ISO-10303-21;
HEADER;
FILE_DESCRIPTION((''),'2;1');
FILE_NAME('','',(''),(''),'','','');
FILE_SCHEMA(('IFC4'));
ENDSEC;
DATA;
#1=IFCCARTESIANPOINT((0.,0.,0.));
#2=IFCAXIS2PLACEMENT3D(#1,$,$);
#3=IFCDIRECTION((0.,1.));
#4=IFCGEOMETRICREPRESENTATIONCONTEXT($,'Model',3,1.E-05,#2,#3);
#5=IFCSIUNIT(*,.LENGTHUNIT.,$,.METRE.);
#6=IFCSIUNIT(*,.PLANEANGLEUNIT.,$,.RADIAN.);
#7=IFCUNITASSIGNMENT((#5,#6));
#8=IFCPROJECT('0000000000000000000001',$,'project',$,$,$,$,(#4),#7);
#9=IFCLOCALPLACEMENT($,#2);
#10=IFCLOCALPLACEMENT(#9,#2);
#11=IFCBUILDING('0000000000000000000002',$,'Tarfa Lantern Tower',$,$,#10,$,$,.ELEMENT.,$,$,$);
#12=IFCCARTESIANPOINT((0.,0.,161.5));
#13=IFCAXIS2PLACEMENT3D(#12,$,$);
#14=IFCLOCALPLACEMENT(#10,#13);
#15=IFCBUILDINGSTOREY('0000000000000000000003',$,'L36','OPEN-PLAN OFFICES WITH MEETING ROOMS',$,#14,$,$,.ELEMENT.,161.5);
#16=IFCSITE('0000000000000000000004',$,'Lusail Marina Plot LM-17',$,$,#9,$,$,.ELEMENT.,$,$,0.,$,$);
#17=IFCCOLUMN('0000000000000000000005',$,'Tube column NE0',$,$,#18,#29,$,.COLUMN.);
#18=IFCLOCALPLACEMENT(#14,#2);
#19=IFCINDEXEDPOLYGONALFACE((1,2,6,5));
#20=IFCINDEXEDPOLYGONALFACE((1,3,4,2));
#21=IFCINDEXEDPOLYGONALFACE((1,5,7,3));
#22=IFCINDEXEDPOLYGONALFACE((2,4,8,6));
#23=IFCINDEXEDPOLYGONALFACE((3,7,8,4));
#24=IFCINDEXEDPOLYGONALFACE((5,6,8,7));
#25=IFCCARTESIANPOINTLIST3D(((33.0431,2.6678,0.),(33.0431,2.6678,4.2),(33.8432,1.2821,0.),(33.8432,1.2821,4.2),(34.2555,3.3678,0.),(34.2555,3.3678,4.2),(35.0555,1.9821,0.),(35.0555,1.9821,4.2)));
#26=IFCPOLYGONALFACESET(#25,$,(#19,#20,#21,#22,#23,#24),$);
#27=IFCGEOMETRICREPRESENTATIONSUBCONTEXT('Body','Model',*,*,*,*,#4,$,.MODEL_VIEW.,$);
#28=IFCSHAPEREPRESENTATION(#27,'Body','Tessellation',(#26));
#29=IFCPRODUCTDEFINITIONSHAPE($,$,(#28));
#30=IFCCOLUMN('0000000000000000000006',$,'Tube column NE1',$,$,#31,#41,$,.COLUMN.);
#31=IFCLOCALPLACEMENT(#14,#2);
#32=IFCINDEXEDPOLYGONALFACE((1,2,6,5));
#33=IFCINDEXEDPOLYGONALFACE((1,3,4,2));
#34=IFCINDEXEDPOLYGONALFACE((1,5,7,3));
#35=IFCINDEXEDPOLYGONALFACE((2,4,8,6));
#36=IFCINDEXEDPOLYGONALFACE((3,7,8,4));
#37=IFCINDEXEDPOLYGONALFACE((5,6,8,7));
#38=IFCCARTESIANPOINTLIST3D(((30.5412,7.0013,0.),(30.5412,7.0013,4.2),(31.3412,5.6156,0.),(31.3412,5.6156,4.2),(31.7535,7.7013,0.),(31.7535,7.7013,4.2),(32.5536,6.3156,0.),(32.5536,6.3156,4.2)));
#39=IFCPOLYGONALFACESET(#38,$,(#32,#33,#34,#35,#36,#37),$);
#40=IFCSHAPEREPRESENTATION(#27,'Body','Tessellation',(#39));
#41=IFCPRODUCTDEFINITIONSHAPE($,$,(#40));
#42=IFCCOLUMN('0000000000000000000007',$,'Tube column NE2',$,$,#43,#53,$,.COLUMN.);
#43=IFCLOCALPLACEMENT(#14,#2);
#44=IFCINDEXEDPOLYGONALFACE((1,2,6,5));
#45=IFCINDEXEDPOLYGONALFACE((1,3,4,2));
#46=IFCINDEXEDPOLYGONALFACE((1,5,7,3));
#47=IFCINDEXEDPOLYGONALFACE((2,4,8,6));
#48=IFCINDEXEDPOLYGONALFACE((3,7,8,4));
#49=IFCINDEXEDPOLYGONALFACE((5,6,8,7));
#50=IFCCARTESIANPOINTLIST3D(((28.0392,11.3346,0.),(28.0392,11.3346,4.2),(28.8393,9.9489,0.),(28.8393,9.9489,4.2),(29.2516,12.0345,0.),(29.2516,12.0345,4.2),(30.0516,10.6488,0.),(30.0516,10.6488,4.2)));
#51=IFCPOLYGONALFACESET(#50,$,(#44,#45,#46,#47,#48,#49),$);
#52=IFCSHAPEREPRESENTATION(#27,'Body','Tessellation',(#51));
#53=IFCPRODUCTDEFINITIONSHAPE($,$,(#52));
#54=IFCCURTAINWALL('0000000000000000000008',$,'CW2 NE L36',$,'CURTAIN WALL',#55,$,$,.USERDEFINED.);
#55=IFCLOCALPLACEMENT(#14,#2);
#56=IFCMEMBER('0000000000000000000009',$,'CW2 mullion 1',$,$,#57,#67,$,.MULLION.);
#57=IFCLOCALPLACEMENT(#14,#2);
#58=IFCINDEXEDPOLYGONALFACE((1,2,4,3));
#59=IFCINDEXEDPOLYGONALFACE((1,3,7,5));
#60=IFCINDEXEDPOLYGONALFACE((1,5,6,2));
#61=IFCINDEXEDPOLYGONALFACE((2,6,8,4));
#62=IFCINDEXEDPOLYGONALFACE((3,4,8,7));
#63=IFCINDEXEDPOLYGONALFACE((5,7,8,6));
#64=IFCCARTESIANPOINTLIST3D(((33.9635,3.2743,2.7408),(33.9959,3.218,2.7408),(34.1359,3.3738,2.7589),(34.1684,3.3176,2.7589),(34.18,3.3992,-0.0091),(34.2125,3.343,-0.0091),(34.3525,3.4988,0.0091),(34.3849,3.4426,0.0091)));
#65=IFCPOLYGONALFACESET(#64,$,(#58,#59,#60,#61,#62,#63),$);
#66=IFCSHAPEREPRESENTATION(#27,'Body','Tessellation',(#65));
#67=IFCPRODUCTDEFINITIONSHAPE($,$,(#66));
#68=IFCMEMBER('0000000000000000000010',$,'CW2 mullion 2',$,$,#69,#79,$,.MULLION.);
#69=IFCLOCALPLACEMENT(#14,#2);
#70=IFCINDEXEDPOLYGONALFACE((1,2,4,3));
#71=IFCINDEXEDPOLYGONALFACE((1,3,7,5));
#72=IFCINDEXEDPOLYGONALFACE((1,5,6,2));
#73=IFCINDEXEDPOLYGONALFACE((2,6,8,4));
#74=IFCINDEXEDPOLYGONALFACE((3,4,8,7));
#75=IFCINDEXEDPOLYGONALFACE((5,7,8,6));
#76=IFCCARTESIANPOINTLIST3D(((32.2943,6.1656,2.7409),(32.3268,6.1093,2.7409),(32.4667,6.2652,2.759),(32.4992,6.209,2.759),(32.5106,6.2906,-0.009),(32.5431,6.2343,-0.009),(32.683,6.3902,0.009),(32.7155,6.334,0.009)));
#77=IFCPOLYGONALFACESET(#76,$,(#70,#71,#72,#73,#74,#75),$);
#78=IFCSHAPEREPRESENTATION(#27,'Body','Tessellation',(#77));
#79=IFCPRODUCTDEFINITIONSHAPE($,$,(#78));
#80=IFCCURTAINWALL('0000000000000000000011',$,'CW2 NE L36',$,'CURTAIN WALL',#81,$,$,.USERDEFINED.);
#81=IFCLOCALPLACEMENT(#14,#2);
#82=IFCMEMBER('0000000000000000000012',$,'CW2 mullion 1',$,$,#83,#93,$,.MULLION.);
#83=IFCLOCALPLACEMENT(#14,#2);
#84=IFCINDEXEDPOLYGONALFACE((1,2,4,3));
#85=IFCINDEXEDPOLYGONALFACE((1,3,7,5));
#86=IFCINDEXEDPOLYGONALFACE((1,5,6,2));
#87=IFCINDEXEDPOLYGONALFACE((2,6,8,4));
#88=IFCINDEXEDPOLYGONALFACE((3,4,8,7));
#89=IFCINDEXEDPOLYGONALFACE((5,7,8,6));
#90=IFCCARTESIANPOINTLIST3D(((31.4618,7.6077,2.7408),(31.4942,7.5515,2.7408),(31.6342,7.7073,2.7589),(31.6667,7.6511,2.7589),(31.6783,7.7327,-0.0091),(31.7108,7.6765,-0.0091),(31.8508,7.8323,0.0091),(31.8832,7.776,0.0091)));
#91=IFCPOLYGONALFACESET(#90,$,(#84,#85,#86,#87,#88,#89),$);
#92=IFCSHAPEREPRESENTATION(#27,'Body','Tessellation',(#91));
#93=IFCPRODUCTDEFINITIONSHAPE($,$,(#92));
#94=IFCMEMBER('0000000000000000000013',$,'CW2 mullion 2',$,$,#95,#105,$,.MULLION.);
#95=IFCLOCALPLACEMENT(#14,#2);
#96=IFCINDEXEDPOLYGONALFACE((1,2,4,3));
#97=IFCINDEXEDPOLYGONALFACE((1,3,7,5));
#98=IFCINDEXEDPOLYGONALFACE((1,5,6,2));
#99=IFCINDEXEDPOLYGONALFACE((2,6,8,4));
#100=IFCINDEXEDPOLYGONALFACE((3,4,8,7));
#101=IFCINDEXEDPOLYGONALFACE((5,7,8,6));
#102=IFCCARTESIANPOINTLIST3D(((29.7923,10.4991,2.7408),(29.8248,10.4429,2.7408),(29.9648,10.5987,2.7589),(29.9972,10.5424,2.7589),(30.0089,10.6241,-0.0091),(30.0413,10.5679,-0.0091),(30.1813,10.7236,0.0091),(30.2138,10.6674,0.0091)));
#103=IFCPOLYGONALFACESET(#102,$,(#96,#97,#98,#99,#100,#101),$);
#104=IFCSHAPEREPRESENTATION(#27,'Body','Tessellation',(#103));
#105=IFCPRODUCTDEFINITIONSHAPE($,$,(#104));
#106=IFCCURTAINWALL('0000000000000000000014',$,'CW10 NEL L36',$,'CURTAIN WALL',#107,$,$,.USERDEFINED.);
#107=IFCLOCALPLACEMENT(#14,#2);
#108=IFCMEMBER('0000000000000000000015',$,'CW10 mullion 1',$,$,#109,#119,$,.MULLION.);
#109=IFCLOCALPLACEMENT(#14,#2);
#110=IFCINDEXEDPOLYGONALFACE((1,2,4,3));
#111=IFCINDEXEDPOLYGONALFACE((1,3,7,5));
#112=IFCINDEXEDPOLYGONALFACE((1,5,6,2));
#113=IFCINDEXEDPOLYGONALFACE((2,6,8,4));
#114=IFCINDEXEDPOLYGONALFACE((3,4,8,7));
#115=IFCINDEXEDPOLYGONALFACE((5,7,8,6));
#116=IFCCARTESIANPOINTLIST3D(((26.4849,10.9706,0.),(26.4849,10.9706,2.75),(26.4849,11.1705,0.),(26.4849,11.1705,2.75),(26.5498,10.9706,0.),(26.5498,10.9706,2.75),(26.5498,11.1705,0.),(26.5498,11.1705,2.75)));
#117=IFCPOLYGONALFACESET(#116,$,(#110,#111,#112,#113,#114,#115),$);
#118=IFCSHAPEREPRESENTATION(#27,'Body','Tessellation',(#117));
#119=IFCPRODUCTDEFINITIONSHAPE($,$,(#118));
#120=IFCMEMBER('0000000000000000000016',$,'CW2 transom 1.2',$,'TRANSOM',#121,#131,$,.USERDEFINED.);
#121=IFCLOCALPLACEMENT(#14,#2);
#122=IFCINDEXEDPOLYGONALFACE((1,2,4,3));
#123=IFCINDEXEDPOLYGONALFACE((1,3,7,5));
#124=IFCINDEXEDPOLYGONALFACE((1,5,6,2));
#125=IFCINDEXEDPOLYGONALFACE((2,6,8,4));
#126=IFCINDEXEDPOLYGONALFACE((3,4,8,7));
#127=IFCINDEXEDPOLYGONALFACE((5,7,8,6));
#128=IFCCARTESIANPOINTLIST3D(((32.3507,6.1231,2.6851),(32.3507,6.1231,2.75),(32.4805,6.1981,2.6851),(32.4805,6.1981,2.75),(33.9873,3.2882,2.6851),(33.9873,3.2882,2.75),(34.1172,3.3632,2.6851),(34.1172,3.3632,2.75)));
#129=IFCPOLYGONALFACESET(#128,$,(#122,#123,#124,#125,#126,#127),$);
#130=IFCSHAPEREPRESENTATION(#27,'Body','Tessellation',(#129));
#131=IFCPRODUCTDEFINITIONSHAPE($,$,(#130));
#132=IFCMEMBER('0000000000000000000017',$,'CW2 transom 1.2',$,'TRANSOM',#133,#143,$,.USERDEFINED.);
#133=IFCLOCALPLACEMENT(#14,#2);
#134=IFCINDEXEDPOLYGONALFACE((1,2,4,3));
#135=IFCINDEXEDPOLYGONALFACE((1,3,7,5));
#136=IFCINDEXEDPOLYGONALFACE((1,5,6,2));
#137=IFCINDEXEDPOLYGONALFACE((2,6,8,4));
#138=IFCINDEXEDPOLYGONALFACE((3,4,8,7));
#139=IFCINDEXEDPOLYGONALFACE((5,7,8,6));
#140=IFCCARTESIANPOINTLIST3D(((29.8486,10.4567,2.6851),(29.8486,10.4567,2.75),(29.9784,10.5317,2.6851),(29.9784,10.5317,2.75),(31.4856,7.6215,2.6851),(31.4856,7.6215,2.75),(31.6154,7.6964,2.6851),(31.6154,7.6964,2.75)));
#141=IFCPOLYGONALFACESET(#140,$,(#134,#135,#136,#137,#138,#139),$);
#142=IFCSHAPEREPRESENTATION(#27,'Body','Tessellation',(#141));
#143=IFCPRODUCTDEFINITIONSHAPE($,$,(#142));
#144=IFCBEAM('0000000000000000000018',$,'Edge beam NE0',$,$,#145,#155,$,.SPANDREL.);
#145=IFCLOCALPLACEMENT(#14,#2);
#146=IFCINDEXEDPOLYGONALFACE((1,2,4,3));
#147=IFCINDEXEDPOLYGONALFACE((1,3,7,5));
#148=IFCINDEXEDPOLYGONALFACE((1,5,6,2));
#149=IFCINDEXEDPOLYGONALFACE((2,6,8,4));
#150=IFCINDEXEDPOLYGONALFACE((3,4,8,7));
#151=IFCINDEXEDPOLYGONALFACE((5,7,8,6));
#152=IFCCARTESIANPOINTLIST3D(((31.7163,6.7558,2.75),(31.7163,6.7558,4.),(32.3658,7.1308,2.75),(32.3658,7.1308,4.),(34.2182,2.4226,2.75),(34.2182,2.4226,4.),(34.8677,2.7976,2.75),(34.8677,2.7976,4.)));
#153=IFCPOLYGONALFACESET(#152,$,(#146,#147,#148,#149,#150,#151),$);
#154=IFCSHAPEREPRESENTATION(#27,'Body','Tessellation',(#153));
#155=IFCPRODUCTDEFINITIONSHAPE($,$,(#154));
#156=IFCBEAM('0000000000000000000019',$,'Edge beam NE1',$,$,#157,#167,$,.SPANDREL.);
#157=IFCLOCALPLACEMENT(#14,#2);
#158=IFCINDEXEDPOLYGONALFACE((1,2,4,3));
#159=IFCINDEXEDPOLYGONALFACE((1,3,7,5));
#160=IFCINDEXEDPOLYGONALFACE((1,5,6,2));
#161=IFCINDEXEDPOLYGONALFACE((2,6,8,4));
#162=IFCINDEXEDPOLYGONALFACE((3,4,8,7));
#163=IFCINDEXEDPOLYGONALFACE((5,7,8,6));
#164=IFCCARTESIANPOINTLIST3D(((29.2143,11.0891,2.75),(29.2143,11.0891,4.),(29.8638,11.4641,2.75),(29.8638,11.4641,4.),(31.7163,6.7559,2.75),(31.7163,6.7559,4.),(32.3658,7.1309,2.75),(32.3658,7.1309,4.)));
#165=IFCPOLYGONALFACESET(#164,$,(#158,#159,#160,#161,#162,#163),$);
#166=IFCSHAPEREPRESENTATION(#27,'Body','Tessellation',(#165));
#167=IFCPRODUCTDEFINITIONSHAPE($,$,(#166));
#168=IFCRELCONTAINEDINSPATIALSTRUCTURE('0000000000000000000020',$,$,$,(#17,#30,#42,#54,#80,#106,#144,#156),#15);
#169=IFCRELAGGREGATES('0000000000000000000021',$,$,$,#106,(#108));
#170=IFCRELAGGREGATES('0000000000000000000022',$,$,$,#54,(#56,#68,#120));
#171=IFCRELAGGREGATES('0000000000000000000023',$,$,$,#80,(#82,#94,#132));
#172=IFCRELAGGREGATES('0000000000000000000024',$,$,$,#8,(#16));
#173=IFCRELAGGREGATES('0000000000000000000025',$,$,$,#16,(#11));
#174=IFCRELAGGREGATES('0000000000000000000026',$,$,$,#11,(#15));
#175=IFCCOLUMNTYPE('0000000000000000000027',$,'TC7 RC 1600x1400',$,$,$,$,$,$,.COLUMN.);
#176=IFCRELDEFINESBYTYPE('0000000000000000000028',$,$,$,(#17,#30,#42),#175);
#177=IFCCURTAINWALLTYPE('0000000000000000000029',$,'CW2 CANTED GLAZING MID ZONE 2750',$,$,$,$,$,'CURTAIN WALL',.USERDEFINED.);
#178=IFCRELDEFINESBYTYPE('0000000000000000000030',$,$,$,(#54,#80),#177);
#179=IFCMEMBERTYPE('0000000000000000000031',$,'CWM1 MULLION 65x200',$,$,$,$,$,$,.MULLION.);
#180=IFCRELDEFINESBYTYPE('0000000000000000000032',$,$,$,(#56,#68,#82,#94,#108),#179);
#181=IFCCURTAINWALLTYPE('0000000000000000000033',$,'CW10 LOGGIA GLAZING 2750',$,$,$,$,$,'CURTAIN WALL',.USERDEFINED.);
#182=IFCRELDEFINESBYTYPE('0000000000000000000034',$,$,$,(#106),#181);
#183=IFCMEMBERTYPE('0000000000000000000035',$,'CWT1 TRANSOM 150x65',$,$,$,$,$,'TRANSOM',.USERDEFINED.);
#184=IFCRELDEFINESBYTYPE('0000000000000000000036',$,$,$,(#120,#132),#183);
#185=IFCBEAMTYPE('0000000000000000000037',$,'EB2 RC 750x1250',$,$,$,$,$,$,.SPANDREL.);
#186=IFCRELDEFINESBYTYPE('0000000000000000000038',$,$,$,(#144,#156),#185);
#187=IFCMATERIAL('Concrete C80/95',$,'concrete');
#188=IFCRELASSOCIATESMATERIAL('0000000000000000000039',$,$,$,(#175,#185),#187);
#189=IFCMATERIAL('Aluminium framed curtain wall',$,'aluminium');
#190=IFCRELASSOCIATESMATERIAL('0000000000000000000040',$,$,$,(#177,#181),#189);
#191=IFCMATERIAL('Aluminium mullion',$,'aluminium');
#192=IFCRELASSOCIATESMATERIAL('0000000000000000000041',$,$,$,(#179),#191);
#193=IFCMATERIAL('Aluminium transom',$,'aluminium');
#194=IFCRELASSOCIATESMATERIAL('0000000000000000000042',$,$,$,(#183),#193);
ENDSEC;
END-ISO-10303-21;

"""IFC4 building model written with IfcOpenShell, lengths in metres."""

from ifc_helpers import new_model, si_unit, direction, frame, origin, origin_2d, place, context, subcontext, project, spatial, rectangle, extrude, material, material_profile, profile_set, type_object, element, aggregate, save


model = new_model("IFC4")

# Units and contexts
model_context = context("Model", 3, precision=1e-05, world=origin(), true_north=direction((0.0, 1.0)))
body_context = subcontext(model_context, "Body", "Model", "MODEL_VIEW")
ifc_project = project(units=[si_unit("LENGTHUNIT", "METRE"), si_unit("PLANEANGLEUNIT", "RADIAN")], contexts=[model_context])

# Site, building, storey
site_placement = place(None, origin())
site = spatial("IfcSite", under=ifc_project, at=site_placement, Name="Lusail Marina Plot LM-17", CompositionType="ELEMENT", RefElevation=0.0)
building_placement = place(site_placement, origin())
building = spatial("IfcBuilding", under=site, at=building_placement, Name="Tarfa Lantern Tower", CompositionType="ELEMENT")
storey_placement = place(building_placement, frame((0.0, 0.0, 161.5)))
storey = spatial("IfcBuildingStorey", under=building, at=storey_placement, Name="L36", Description="OPEN-PLAN OFFICES WITH MEETING ROOMS", CompositionType="ELEMENT", Elevation=161.5)

# Columns
ifc_material_1 = material(Name="Concrete C80/95", Category="concrete")
ifc_material_profile_1 = material_profile(ifc_material_1, rectangle(XDim=1.6001, YDim=1.3999, at=origin_2d()), Name="RC 1600x1400")
ifc_profile_set_1 = profile_set([ifc_material_profile_1], Name="Concrete C80/95")
column_type = type_object("IfcColumnType", Name="TC7 RC 1600x1400", PredefinedType="COLUMN", material=ifc_profile_set_1)
for number, where, z_axis, x_axis, name in (
    (1, (34.0493, 2.325, 0.0), (0.0, 0.0, 1.0), (-0.5, 0.866025, 0.0), "Tube column NE0"),
    (2, (31.5474, 6.6584, 0.0), (0.0, 0.0, 1.0), (-0.5, 0.866025, 0.0), "Tube column NE1"),
    (3, (29.0454, 10.9917, 0.0), (0.0, 0.0, 1.0), (-0.5, 0.866025, 0.0), "Tube column NE2"),
):
    element("IfcColumn", number, at=place(storey_placement, frame(where, z_axis=z_axis, x_axis=x_axis)), inside=storey, type_object=column_type, Name=name, PredefinedType="COLUMN", context=body_context, shape_type="SweptSolid", body=[
        extrude(rectangle(XDim=1.6001, YDim=1.3999, at=origin_2d()), origin(), (0.0, 0.0, 1.0), 4.2),
    ])

# Curtain walls, members
ifc_material_2 = material(Name="Aluminium framed curtain wall", Category="aluminium")
curtain_wall_type_1 = type_object("IfcCurtainWallType", Name="CW2 CANTED GLAZING MID ZONE 2750", ElementType="CURTAIN WALL", PredefinedType="USERDEFINED", material=ifc_material_2)
curtain_wall_1_placement = place(storey_placement, origin())
curtain_wall_1 = element("IfcCurtainWall", 4, at=curtain_wall_1_placement, inside=storey, type_object=curtain_wall_type_1, Name="CW2 NE L36", ObjectType="CURTAIN WALL", PredefinedType="USERDEFINED")
ifc_material_3 = material(Name="Aluminium mullion", Category="aluminium")
ifc_material_profile_2 = material_profile(ifc_material_3, rectangle(XDim=0.0649, YDim=0.2, at=origin_2d()), Name="AL MULLION 65x200")
ifc_profile_set_2 = profile_set([ifc_material_profile_2], Name="Aluminium mullion")
member_type_1 = type_object("IfcMemberType", Name="CWM1 MULLION 65x200", PredefinedType="MULLION", material=ifc_profile_set_2)
member_1_placement = place(storey_placement, frame((34.2825, 3.4209, 0.0), z_axis=(-0.078423, -0.045268, 0.995892), x_axis=(0.49992, -0.866072, 0.0)))
member_1 = element("IfcMember", 5, at=member_1_placement, type_object=member_type_1, Name="CW2 mullion 1", PredefinedType="MULLION", context=body_context, shape_type="SweptSolid", body=[
    extrude(rectangle(XDim=0.0649, YDim=0.2, at=origin_2d()), origin(), (0.0, 0.0, 1.0), 2.7612),
])
member_2_placement = place(storey_placement, frame((32.613, 6.3123, 0.0), z_axis=(-0.078335, -0.045268, 0.995899), x_axis=(0.500343, -0.865827, 0.0)))
member_2 = element("IfcMember", 6, at=member_2_placement, type_object=member_type_1, Name="CW2 mullion 2", PredefinedType="MULLION", context=body_context, shape_type="SweptSolid", body=[
    extrude(rectangle(XDim=0.0649, YDim=0.2, at=origin_2d()), origin(), (0.0, 0.0, 1.0), 2.7612),
])
curtain_wall_2_placement = place(storey_placement, origin())
curtain_wall_2 = element("IfcCurtainWall", 7, at=curtain_wall_2_placement, inside=storey, type_object=curtain_wall_type_1, Name="CW2 NE L36", ObjectType="CURTAIN WALL", PredefinedType="USERDEFINED")
member_3_placement = place(storey_placement, frame((31.7808, 7.7544, 0.0), z_axis=(-0.078423, -0.045268, 0.995892), x_axis=(0.49992, -0.866072, 0.0)))
member_3 = element("IfcMember", 8, at=member_3_placement, type_object=member_type_1, Name="CW2 mullion 1", PredefinedType="MULLION", context=body_context, shape_type="SweptSolid", body=[
    extrude(rectangle(XDim=0.0649, YDim=0.2, at=origin_2d()), origin(), (0.0, 0.0, 1.0), 2.7612),
])
member_4_placement = place(storey_placement, frame((30.1113, 10.6458, 0.0), z_axis=(-0.078423, -0.045268, 0.995892), x_axis=(0.49992, -0.866072, 0.0)))
member_4 = element("IfcMember", 9, at=member_4_placement, type_object=member_type_1, Name="CW2 mullion 2", PredefinedType="MULLION", context=body_context, shape_type="SweptSolid", body=[
    extrude(rectangle(XDim=0.0649, YDim=0.2, at=origin_2d()), origin(), (0.0, 0.0, 1.0), 2.7612),
])

# Curtain wall, member
curtain_wall_type_2 = type_object("IfcCurtainWallType", Name="CW10 LOGGIA GLAZING 2750", ElementType="CURTAIN WALL", PredefinedType="USERDEFINED", material=ifc_material_2)
curtain_wall_3_placement = place(storey_placement, origin())
curtain_wall_3 = element("IfcCurtainWall", 10, at=curtain_wall_3_placement, inside=storey, type_object=curtain_wall_type_2, Name="CW10 NEL L36", ObjectType="CURTAIN WALL", PredefinedType="USERDEFINED")
member_5_placement = place(storey_placement, frame((26.5173, 11.0706, 0.0), z_axis=(0.0, 0.0, 1.0), x_axis=(1.0, 0.0, 0.0)))
member_5 = element("IfcMember", 11, at=member_5_placement, type_object=member_type_1, Name="CW10 mullion 1", PredefinedType="MULLION", context=body_context, shape_type="SweptSolid", body=[
    extrude(rectangle(XDim=0.0649, YDim=0.2, at=origin_2d()), origin(), (0.0, 0.0, 1.0), 2.75),
])
aggregate(curtain_wall_3, [member_5])

# Members
ifc_material_4 = material(Name="Aluminium transom", Category="aluminium")
ifc_material_profile_3 = material_profile(ifc_material_4, rectangle(XDim=0.1499, YDim=0.0649, at=origin_2d()), Name="AL TRANSOM 150x65")
ifc_profile_set_3 = profile_set([ifc_material_profile_3], Name="Aluminium transom")
member_type_2 = type_object("IfcMemberType", Name="CWT1 TRANSOM 150x65", ElementType="TRANSOM", PredefinedType="USERDEFINED", material=ifc_profile_set_3)
member_6_placement = place(storey_placement, frame((34.0522, 3.3257, 2.7175), z_axis=(-0.499989, 0.866032, 0.0), x_axis=(-0.866032, -0.499989, 0.0)))
member_6 = element("IfcMember", 12, at=member_6_placement, type_object=member_type_2, Name="CW2 transom 1.2", ObjectType="TRANSOM", PredefinedType="USERDEFINED", context=body_context, shape_type="SweptSolid", body=[
    extrude(rectangle(XDim=0.1499, YDim=0.0649, at=origin_2d()), origin(), (0.0, 0.0, 1.0), 3.2734),
])
member_7_placement = place(storey_placement, frame((31.5505, 7.6589, 2.7175), z_axis=(-0.500013, 0.866018, 0.0), x_axis=(-0.866018, -0.500013, 0.0)))
member_7 = element("IfcMember", 13, at=member_7_placement, type_object=member_type_2, Name="CW2 transom 1.2", ObjectType="TRANSOM", PredefinedType="USERDEFINED", context=body_context, shape_type="SweptSolid", body=[
    extrude(rectangle(XDim=0.1499, YDim=0.0649, at=origin_2d()), origin(), (0.0, 0.0, 1.0), 3.2739),
])

# Beams
ifc_material_profile_4 = material_profile(ifc_material_1, rectangle(XDim=0.75, YDim=1.25, at=origin_2d()), Name="RC 750x1250")
ifc_profile_set_4 = profile_set([ifc_material_profile_4], Name="Concrete C80/95")
beam_type_1 = type_object("IfcBeamType", Name="EB2 RC 750x1250", PredefinedType="SPANDREL", material=ifc_profile_set_4)
for number, where, z_axis, x_axis, name in (
    (14, (34.543, 2.6101, 3.375), (-0.500022, 0.866013, 0.0), (-0.866013, -0.500022, 0.0), "Edge beam NE0"),
    (15, (32.041, 6.9434, 3.375), (-0.500022, 0.866013, 0.0), (-0.866013, -0.500022, 0.0), "Edge beam NE1"),
):
    element("IfcBeam", number, at=place(storey_placement, frame(where, z_axis=z_axis, x_axis=x_axis)), inside=storey, type_object=beam_type_1, Name=name, PredefinedType="SPANDREL", context=body_context, shape_type="SweptSolid", body=[
        extrude(rectangle(XDim=0.75, YDim=1.25, at=origin_2d()), origin(), (0.0, 0.0, 1.0), 5.0037),
    ])

aggregate(curtain_wall_1, [member_1, member_2, member_6])
aggregate(curtain_wall_2, [member_3, member_4, member_7])

save(model, "model.ifc")
